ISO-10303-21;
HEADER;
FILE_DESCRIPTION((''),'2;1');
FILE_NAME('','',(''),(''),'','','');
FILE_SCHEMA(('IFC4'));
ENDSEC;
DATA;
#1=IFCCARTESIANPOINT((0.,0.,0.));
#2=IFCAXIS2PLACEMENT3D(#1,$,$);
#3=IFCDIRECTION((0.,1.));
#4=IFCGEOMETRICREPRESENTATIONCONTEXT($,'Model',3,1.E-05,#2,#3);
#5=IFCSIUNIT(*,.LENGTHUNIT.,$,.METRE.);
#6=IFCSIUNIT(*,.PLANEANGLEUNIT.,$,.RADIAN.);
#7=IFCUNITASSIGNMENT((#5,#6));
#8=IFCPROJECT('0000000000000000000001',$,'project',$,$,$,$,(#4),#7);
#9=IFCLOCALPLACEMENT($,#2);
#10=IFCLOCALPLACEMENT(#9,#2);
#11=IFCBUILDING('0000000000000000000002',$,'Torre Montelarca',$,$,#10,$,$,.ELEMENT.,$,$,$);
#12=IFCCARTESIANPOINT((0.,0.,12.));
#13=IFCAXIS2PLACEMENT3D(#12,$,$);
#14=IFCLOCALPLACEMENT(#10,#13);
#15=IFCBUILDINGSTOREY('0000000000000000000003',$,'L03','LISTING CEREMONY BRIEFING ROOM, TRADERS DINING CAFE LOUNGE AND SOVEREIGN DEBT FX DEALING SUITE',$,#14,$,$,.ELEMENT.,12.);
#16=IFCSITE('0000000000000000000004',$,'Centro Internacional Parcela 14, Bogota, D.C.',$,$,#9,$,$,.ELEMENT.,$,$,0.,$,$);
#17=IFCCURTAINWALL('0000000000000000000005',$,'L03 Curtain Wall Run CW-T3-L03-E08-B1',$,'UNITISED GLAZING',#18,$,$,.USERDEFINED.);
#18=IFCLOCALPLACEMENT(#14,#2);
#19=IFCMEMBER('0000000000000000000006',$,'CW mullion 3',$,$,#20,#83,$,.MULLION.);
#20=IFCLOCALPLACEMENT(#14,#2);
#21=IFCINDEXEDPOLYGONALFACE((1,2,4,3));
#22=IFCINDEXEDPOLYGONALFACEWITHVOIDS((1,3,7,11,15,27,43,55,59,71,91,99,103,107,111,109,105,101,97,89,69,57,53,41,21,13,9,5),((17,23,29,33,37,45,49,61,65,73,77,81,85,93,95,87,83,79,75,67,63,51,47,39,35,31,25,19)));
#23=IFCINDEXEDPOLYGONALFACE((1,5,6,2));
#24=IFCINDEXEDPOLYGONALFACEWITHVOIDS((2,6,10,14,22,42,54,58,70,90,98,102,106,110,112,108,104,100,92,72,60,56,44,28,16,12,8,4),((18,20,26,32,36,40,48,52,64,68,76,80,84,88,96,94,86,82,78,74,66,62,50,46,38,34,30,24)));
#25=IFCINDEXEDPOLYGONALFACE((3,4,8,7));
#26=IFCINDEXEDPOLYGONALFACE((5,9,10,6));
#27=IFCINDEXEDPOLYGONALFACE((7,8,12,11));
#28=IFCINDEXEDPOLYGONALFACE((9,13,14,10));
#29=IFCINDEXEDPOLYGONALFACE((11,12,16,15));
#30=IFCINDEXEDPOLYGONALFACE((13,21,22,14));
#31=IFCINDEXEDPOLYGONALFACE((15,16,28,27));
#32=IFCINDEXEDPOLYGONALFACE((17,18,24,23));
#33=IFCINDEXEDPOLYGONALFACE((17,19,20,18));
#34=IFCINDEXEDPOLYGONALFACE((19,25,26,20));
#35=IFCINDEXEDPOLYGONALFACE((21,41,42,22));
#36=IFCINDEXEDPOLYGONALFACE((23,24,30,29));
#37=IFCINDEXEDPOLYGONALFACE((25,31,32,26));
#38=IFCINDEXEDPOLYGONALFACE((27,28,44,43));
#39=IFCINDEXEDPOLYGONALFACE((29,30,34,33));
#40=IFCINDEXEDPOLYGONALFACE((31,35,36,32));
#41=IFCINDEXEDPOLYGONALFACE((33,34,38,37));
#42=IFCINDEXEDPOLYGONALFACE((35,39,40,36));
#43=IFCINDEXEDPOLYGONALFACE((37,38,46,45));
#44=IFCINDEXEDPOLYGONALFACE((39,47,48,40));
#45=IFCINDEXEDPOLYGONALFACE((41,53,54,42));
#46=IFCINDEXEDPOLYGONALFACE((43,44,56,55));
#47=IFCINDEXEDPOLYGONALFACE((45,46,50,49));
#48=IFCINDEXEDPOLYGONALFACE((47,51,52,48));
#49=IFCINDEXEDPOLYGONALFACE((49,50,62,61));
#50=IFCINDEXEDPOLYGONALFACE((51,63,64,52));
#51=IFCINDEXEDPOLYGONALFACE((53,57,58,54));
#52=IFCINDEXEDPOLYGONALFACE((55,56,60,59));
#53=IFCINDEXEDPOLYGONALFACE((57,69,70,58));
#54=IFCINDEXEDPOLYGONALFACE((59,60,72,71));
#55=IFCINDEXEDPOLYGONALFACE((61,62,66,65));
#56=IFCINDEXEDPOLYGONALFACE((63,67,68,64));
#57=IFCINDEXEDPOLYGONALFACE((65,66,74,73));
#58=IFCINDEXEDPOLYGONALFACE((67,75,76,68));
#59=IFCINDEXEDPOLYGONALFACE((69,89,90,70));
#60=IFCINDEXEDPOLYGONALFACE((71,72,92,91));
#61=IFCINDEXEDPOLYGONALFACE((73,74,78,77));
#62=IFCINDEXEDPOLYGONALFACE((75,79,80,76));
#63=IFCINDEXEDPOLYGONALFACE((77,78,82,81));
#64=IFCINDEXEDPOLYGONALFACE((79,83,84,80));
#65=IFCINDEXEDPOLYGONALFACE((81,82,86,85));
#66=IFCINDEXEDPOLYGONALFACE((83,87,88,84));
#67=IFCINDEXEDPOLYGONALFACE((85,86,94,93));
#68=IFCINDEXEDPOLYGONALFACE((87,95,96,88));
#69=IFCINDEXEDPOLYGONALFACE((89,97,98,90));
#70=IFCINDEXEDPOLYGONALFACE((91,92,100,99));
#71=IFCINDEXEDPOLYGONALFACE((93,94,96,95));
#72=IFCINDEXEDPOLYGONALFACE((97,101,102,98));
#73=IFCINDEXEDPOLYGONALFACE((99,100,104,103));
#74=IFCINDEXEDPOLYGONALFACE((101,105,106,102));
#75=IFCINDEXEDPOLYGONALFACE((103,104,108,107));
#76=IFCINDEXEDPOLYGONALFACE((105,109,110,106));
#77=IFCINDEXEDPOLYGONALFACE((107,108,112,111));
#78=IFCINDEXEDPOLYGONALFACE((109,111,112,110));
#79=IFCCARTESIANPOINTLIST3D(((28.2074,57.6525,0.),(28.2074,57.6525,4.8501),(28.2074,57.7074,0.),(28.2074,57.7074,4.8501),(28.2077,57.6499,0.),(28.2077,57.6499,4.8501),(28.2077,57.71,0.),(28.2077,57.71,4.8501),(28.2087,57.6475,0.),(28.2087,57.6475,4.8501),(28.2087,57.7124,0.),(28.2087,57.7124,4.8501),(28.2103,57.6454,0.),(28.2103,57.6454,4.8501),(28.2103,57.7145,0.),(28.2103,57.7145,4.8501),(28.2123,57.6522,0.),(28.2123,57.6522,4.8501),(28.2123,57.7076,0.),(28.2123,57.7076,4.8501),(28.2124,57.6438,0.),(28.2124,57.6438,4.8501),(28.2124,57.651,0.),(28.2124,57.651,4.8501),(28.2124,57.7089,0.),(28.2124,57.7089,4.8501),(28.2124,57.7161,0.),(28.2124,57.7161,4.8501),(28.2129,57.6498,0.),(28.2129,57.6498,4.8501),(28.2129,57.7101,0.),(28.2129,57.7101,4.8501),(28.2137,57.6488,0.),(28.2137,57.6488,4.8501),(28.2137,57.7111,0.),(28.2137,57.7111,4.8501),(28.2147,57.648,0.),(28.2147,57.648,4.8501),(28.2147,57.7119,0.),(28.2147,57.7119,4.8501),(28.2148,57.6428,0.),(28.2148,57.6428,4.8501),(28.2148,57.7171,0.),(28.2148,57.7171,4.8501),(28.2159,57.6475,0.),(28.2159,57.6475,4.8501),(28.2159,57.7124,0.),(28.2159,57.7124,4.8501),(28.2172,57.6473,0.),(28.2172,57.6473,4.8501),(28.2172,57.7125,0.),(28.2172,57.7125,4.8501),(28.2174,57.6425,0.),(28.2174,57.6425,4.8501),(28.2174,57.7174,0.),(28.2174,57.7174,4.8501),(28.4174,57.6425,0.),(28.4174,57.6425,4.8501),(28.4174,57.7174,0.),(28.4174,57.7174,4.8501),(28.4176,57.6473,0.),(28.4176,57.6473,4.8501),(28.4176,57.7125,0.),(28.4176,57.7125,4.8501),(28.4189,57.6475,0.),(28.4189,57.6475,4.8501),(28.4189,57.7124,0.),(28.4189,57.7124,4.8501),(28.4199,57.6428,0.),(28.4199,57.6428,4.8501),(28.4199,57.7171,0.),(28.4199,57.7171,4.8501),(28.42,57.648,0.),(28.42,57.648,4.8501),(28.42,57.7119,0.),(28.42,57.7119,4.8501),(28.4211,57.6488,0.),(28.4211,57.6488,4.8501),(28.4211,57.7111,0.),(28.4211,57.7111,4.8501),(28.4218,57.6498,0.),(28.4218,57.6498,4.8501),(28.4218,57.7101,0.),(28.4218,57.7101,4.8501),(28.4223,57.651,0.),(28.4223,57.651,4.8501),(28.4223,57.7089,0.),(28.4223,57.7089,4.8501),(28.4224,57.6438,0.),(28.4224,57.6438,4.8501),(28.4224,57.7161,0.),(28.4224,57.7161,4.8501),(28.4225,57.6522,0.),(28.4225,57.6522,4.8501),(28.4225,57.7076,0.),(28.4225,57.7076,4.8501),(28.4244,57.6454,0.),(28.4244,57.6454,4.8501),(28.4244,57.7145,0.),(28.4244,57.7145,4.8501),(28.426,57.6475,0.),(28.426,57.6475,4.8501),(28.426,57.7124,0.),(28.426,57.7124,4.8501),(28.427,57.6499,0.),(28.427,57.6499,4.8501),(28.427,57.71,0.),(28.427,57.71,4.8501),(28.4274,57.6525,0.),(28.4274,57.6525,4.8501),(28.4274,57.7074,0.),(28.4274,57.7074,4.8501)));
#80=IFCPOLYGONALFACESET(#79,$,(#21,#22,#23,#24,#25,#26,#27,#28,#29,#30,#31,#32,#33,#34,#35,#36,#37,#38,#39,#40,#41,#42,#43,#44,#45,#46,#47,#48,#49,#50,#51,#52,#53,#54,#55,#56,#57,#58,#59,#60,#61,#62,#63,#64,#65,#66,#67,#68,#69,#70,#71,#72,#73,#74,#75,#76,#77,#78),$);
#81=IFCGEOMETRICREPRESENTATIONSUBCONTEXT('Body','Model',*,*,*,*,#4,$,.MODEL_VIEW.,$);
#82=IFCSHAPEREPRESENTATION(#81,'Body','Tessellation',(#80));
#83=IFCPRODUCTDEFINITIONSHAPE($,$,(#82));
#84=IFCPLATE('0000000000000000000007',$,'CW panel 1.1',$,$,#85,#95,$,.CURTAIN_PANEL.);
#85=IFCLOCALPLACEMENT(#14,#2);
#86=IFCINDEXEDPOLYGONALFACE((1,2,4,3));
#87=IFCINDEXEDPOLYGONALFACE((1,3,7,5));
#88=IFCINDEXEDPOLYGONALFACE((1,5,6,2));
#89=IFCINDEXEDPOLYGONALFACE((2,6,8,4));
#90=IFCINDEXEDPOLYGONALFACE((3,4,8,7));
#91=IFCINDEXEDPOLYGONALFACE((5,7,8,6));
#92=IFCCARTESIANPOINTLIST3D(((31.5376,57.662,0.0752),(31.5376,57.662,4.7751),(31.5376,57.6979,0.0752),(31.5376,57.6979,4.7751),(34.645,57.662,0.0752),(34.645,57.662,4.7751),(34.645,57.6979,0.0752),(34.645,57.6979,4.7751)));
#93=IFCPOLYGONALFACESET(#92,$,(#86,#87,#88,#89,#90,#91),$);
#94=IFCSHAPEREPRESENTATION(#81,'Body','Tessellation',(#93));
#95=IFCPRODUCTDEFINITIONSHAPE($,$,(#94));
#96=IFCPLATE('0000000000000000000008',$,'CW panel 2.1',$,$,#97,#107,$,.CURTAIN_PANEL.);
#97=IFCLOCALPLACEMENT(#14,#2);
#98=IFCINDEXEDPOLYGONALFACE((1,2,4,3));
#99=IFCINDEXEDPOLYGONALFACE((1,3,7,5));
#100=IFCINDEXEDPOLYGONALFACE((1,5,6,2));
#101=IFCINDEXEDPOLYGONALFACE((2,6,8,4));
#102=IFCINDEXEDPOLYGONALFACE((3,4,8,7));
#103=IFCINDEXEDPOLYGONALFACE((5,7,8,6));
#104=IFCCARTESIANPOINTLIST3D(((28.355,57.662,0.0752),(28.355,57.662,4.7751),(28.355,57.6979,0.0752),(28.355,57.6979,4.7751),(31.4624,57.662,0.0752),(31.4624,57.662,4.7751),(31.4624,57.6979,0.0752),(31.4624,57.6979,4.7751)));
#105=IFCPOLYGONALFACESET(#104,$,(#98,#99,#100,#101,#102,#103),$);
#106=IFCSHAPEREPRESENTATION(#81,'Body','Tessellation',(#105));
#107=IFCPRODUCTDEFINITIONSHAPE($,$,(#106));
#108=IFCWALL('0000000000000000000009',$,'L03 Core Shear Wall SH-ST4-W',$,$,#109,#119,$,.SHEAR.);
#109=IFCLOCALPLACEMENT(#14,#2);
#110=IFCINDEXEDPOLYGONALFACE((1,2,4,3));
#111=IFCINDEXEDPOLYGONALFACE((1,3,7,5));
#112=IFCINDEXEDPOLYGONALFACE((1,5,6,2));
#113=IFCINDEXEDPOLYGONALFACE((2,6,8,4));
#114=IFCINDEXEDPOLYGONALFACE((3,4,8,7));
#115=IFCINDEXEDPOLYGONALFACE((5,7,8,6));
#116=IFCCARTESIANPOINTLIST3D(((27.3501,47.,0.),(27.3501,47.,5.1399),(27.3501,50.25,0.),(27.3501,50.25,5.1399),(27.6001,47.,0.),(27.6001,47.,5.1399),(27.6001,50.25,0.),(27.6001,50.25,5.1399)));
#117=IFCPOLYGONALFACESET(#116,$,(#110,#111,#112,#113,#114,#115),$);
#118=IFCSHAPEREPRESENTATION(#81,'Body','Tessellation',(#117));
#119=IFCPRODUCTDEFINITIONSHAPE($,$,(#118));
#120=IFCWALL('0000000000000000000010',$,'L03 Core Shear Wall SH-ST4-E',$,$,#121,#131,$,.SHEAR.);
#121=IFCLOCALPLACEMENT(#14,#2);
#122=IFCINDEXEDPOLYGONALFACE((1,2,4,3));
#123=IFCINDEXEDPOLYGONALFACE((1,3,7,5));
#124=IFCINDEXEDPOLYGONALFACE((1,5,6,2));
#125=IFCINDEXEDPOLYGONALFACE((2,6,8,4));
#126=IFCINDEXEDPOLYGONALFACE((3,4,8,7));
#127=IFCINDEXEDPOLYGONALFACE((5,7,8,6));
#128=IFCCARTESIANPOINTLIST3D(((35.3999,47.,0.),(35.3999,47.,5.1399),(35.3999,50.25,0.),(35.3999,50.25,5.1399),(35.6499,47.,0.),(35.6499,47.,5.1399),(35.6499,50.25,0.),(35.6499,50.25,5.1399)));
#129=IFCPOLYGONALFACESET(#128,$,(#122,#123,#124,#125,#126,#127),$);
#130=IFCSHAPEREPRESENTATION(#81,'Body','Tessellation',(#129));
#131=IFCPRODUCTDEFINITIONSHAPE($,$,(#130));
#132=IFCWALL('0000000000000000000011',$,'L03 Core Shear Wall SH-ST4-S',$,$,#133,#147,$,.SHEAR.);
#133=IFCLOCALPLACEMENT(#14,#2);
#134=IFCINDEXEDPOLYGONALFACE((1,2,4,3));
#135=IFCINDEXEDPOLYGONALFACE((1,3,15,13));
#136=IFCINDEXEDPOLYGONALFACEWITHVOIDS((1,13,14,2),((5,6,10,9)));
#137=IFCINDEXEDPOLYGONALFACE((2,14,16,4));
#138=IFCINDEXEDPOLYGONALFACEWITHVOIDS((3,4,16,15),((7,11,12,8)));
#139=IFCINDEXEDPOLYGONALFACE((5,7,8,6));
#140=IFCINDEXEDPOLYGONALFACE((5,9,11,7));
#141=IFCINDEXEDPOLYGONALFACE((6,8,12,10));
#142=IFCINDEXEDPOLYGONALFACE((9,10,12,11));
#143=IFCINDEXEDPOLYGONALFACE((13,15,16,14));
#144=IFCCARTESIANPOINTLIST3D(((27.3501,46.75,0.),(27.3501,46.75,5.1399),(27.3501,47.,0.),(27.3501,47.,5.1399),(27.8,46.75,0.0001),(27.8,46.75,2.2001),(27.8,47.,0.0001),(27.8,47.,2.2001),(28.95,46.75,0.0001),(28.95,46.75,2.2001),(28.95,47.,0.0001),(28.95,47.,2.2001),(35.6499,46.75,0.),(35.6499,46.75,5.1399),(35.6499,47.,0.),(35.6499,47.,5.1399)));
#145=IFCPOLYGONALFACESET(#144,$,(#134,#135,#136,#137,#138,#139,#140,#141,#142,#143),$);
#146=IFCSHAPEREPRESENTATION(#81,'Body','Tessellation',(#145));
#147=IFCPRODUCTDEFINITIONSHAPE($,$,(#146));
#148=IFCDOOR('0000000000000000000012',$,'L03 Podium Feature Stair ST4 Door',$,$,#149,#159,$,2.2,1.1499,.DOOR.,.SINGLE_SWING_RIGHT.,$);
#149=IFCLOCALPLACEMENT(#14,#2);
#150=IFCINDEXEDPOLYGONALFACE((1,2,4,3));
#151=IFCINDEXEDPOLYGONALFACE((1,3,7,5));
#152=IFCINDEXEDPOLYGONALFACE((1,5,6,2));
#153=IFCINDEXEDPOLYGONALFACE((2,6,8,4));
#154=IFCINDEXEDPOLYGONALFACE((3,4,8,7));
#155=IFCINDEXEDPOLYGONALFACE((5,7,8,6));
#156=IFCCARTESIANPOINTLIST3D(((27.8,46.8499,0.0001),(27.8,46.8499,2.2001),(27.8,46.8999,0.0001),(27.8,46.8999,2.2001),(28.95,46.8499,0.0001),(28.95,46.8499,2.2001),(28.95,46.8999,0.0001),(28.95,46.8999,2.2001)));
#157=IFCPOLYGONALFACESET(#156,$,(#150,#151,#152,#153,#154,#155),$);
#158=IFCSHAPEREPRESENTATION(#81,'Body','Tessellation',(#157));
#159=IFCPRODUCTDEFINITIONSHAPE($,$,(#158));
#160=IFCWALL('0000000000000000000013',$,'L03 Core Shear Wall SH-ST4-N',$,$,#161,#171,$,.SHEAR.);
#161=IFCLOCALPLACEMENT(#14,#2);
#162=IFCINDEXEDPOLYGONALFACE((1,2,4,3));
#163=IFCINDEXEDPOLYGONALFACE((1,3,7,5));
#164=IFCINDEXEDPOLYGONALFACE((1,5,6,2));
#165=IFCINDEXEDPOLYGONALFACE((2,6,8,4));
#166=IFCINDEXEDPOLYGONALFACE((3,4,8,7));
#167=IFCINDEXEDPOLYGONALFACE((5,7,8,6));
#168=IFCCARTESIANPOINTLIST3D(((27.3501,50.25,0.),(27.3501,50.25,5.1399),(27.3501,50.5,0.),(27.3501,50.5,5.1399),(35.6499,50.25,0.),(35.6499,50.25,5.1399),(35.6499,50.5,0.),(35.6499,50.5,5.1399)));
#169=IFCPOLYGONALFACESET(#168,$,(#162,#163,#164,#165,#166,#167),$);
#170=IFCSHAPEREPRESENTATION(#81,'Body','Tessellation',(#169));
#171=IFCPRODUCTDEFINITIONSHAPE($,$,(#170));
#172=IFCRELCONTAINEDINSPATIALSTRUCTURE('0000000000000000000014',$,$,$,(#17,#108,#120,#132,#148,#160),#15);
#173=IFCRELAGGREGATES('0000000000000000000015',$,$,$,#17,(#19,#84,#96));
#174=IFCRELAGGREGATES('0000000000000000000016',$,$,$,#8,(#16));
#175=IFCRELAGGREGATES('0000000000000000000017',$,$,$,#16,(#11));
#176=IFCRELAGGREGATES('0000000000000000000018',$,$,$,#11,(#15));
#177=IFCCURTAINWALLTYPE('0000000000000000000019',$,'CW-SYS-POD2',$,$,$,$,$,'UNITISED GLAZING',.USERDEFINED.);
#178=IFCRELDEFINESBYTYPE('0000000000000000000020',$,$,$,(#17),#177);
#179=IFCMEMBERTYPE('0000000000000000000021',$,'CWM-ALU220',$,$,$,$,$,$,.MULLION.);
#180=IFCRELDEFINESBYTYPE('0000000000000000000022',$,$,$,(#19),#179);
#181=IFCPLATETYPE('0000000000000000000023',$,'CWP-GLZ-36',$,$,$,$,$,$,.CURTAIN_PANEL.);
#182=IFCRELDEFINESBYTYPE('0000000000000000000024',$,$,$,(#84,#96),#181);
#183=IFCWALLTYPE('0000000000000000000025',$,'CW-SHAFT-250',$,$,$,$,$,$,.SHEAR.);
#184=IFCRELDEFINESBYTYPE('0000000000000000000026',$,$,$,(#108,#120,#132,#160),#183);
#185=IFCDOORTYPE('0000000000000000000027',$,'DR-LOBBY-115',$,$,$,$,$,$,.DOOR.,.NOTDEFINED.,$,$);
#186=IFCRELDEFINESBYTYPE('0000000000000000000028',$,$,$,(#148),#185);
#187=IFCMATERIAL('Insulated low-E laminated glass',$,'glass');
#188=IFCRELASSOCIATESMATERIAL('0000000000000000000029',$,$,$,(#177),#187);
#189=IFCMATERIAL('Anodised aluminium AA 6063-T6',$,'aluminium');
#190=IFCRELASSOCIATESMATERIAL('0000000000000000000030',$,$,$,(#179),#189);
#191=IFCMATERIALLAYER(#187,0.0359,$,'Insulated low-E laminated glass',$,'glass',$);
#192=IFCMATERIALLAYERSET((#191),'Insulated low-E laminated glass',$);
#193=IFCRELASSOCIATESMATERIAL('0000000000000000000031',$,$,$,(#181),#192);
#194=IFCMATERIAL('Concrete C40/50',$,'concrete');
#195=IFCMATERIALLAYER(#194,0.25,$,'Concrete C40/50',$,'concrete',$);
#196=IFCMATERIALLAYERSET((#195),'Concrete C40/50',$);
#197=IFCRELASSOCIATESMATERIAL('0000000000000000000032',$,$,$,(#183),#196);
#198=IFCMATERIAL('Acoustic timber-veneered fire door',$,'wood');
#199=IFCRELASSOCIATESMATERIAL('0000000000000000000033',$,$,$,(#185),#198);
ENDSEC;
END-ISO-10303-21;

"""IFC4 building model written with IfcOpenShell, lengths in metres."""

from ifc_helpers import new_model, si_unit, direction, frame, frame_2d, origin, origin_2d, place, context, subcontext, project, spatial, rectangle, hollow_rectangle, extrude, source, transform, mapped, material, layer, layer_set, material_profile, profile_set, type_object, element, fill, aggregate, save


model = new_model("IFC4")

# Units and contexts
model_context = context("Model", 3, precision=1e-05, world=origin(), true_north=direction((0.0, 1.0)))
body_context = subcontext(model_context, "Body", "Model", "MODEL_VIEW")
ifc_project = project(units=[si_unit("LENGTHUNIT", "METRE"), si_unit("PLANEANGLEUNIT", "RADIAN")], contexts=[model_context])

# Site, building, storey
site_placement = place(None, origin())
site = spatial("IfcSite", under=ifc_project, at=site_placement, Name="Centro Internacional Parcela 14, Bogota, D.C.", CompositionType="ELEMENT", RefElevation=0.0)
building_placement = place(site_placement, origin())
building = spatial("IfcBuilding", under=site, at=building_placement, Name="Torre Montelarca", CompositionType="ELEMENT")
storey_placement = place(building_placement, frame((0.0, 0.0, 12.0)))
storey = spatial("IfcBuildingStorey", under=building, at=storey_placement, Name="L03", Description="LISTING CEREMONY BRIEFING ROOM, TRADERS DINING CAFE LOUNGE AND SOVEREIGN DEBT FX DEALING SUITE", CompositionType="ELEMENT", Elevation=12.0)

# Curtain wall, member, plates
ifc_material_1 = material(Name="Insulated low-E laminated glass", Category="glass")
curtain_wall_type = type_object("IfcCurtainWallType", Name="CW-SYS-POD2", ElementType="UNITISED GLAZING", PredefinedType="USERDEFINED", material=ifc_material_1)
curtain_wall_placement = place(storey_placement, origin())
curtain_wall = element("IfcCurtainWall", 1, at=curtain_wall_placement, inside=storey, type_object=curtain_wall_type, Name="L03 Curtain Wall Run CW-T3-L03-E08-B1", ObjectType="UNITISED GLAZING", PredefinedType="USERDEFINED")
ifc_material_2 = material(Name="Anodised aluminium AA 6063-T6", Category="aluminium")
ifc_material_profile_1 = material_profile(ifc_material_2, hollow_rectangle(XDim=0.075, YDim=0.22, WallThickness=0.0049, InnerFilletRadius=0.0049, OuterFilletRadius=0.01, at=origin_2d()), Name="ALU75X220X5", Category="aluminium")
ifc_profile_set_1 = profile_set([ifc_material_profile_1], Name="Anodised aluminium AA 6063-T6")
member_type_1 = type_object("IfcMemberType", Name="CWM-ALU220", PredefinedType="MULLION", material=ifc_profile_set_1)
shared_shape_1 = source(origin(), body_context, "Body", "SweptSolid", [
    extrude(hollow_rectangle(XDim=0.075, YDim=0.22, WallThickness=0.0049, InnerFilletRadius=0.0049, OuterFilletRadius=0.01, at=origin_2d()), origin(), (0.0, 0.0, 1.0), 4.8501),
])
member_1_placement = place(storey_placement, frame((28.3174, 57.6799, 0.0), z_axis=(0.0, 0.0, 1.0), x_axis=(0.0, -1.0, 0.0)))
member_1 = element("IfcMember", 2, at=member_1_placement, type_object=member_type_1, Name="CW mullion 3", PredefinedType="MULLION", context=body_context, shape_type="MappedRepresentation", body=[
    mapped(shared_shape_1, transform((0.0, 0.0, 0.0), scale=1.0)),
])
ifc_layer_1 = layer(ifc_material_1, 0.0359, Name="Insulated low-E laminated glass", Category="glass")
ifc_layer_set_1 = layer_set([ifc_layer_1], Name="Insulated low-E laminated glass")
plate_type = type_object("IfcPlateType", Name="CWP-GLZ-36", PredefinedType="CURTAIN_PANEL", material=ifc_layer_set_1)
shared_shape_2 = source(origin(), body_context, "Body", "SweptSolid", [
    extrude(rectangle(XDim=3.1074, YDim=0.0359, at=origin_2d()), origin(), (0.0, 0.0, 1.0), 4.7),
])
plate_1_placement = place(storey_placement, frame((33.0913, 57.6799, 0.0752), z_axis=(0.0, 0.0, 1.0), x_axis=(-1.0, 0.0, 0.0)))
plate_1 = element("IfcPlate", 3, at=plate_1_placement, type_object=plate_type, Name="CW panel 1.1", PredefinedType="CURTAIN_PANEL", context=body_context, shape_type="MappedRepresentation", body=[
    mapped(shared_shape_2, transform((0.0, 0.0, 0.0), scale=1.0)),
])
plate_2_placement = place(storey_placement, frame((29.9087, 57.6799, 0.0752), z_axis=(0.0, 0.0, 1.0), x_axis=(-1.0, 0.0, 0.0)))
plate_2 = element("IfcPlate", 4, at=plate_2_placement, type_object=plate_type, Name="CW panel 2.1", PredefinedType="CURTAIN_PANEL", context=body_context, shape_type="MappedRepresentation", body=[
    mapped(shared_shape_2, transform((0.0, 0.0, 0.0), scale=1.0)),
])
aggregate(curtain_wall, [member_1, plate_1, plate_2])

# Walls
ifc_material_3 = material(Name="Concrete C40/50", Category="concrete")
ifc_layer_2 = layer(ifc_material_3, 0.25, Name="Concrete C40/50", Category="concrete")
ifc_layer_set_2 = layer_set([ifc_layer_2], Name="Concrete C40/50")
wall_type_1 = type_object("IfcWallType", Name="CW-SHAFT-250", PredefinedType="SHEAR", material=ifc_layer_set_2)
for number, where, z_axis, x_axis, name in (
    (5, (27.4751, 47.0, 0.0), (0.0, 0.0, 1.0), (0.0, 1.0, 0.0), "L03 Core Shear Wall SH-ST4-W"),
    (6, (35.5249, 47.0, 0.0), (0.0, 0.0, 1.0), (0.0, 1.0, 0.0), "L03 Core Shear Wall SH-ST4-E"),
):
    element("IfcWall", number, at=place(storey_placement, frame(where, z_axis=z_axis, x_axis=x_axis)), inside=storey, type_object=wall_type_1, Name=name, PredefinedType="SHEAR", context=body_context, shape_type="SweptSolid", body=[
        extrude(rectangle(XDim=3.25, YDim=0.25, at=frame_2d((1.625, 0.0))), origin(), (0.0, 0.0, 1.0), 5.1399),
    ])

# Wall, opening, door
wall_1_placement = place(storey_placement, frame((27.3501, 46.875, 0.0), z_axis=(0.0, 0.0, 1.0), x_axis=(1.0, 0.0, 0.0)))
wall_1 = element("IfcWall", 7, at=wall_1_placement, inside=storey, type_object=wall_type_1, Name="L03 Core Shear Wall SH-ST4-S", PredefinedType="SHEAR", context=body_context, shape_type="SweptSolid", body=[
    extrude(rectangle(XDim=8.2998, YDim=0.25, at=frame_2d((4.1499, 0.0))), origin(), (0.0, 0.0, 1.0), 5.1399),
])
opening_1_placement = place(wall_1_placement, frame((0.45, 0.0, 0.0)))
opening_1 = element("IfcOpeningElement", 8, at=opening_1_placement, cuts=wall_1, PredefinedType="OPENING", context=body_context, shape_type="SweptSolid", body=[
    extrude(rectangle(XDim=1.1499, YDim=2.2, at=frame_2d((0.575, 1.1001))), frame((0.0, 0.135, 0.0), z_axis=(0.0, -1.0, 0.0), x_axis=(1.0, 0.0, 0.0)), (0.0, 0.0, 1.0), 0.27),
])
ifc_material_4 = material(Name="Acoustic timber-veneered fire door", Category="wood")
door_type_1 = type_object("IfcDoorType", Name="DR-LOBBY-115", OperationType="NOTDEFINED", PredefinedType="DOOR", material=ifc_material_4)
shared_shape_3 = source(origin(), body_context, "Body", "SweptSolid", [
    extrude(rectangle(XDim=1.1499, YDim=2.2, at=frame_2d((0.575, 1.1001))), frame((0.0, 0.0249, 0.0), z_axis=(0.0, -1.0, 0.0), x_axis=(1.0, 0.0, 0.0)), (0.0, 0.0, 1.0), 0.05),
])
door_1_placement = place(opening_1_placement, origin())
door_1 = element("IfcDoor", 9, at=door_1_placement, inside=storey, type_object=door_type_1, Name="L03 Podium Feature Stair ST4 Door", OperationType="SINGLE_SWING_RIGHT", OverallHeight=2.2, OverallWidth=1.1499, PredefinedType="DOOR", context=body_context, shape_type="MappedRepresentation", body=[
    mapped(shared_shape_3, transform((0.0, 0.0, 0.0), scale=1.0)),
])
fill(opening_1, door_1)

# Wall
wall_2_placement = place(storey_placement, frame((27.3501, 50.375, 0.0), z_axis=(0.0, 0.0, 1.0), x_axis=(1.0, 0.0, 0.0)))
element("IfcWall", 10, at=wall_2_placement, inside=storey, type_object=wall_type_1, Name="L03 Core Shear Wall SH-ST4-N", PredefinedType="SHEAR", context=body_context, shape_type="SweptSolid", body=[
    extrude(rectangle(XDim=8.2998, YDim=0.25, at=frame_2d((4.1499, 0.0))), origin(), (0.0, 0.0, 1.0), 5.1399),
])

save(model, "model.ifc")
